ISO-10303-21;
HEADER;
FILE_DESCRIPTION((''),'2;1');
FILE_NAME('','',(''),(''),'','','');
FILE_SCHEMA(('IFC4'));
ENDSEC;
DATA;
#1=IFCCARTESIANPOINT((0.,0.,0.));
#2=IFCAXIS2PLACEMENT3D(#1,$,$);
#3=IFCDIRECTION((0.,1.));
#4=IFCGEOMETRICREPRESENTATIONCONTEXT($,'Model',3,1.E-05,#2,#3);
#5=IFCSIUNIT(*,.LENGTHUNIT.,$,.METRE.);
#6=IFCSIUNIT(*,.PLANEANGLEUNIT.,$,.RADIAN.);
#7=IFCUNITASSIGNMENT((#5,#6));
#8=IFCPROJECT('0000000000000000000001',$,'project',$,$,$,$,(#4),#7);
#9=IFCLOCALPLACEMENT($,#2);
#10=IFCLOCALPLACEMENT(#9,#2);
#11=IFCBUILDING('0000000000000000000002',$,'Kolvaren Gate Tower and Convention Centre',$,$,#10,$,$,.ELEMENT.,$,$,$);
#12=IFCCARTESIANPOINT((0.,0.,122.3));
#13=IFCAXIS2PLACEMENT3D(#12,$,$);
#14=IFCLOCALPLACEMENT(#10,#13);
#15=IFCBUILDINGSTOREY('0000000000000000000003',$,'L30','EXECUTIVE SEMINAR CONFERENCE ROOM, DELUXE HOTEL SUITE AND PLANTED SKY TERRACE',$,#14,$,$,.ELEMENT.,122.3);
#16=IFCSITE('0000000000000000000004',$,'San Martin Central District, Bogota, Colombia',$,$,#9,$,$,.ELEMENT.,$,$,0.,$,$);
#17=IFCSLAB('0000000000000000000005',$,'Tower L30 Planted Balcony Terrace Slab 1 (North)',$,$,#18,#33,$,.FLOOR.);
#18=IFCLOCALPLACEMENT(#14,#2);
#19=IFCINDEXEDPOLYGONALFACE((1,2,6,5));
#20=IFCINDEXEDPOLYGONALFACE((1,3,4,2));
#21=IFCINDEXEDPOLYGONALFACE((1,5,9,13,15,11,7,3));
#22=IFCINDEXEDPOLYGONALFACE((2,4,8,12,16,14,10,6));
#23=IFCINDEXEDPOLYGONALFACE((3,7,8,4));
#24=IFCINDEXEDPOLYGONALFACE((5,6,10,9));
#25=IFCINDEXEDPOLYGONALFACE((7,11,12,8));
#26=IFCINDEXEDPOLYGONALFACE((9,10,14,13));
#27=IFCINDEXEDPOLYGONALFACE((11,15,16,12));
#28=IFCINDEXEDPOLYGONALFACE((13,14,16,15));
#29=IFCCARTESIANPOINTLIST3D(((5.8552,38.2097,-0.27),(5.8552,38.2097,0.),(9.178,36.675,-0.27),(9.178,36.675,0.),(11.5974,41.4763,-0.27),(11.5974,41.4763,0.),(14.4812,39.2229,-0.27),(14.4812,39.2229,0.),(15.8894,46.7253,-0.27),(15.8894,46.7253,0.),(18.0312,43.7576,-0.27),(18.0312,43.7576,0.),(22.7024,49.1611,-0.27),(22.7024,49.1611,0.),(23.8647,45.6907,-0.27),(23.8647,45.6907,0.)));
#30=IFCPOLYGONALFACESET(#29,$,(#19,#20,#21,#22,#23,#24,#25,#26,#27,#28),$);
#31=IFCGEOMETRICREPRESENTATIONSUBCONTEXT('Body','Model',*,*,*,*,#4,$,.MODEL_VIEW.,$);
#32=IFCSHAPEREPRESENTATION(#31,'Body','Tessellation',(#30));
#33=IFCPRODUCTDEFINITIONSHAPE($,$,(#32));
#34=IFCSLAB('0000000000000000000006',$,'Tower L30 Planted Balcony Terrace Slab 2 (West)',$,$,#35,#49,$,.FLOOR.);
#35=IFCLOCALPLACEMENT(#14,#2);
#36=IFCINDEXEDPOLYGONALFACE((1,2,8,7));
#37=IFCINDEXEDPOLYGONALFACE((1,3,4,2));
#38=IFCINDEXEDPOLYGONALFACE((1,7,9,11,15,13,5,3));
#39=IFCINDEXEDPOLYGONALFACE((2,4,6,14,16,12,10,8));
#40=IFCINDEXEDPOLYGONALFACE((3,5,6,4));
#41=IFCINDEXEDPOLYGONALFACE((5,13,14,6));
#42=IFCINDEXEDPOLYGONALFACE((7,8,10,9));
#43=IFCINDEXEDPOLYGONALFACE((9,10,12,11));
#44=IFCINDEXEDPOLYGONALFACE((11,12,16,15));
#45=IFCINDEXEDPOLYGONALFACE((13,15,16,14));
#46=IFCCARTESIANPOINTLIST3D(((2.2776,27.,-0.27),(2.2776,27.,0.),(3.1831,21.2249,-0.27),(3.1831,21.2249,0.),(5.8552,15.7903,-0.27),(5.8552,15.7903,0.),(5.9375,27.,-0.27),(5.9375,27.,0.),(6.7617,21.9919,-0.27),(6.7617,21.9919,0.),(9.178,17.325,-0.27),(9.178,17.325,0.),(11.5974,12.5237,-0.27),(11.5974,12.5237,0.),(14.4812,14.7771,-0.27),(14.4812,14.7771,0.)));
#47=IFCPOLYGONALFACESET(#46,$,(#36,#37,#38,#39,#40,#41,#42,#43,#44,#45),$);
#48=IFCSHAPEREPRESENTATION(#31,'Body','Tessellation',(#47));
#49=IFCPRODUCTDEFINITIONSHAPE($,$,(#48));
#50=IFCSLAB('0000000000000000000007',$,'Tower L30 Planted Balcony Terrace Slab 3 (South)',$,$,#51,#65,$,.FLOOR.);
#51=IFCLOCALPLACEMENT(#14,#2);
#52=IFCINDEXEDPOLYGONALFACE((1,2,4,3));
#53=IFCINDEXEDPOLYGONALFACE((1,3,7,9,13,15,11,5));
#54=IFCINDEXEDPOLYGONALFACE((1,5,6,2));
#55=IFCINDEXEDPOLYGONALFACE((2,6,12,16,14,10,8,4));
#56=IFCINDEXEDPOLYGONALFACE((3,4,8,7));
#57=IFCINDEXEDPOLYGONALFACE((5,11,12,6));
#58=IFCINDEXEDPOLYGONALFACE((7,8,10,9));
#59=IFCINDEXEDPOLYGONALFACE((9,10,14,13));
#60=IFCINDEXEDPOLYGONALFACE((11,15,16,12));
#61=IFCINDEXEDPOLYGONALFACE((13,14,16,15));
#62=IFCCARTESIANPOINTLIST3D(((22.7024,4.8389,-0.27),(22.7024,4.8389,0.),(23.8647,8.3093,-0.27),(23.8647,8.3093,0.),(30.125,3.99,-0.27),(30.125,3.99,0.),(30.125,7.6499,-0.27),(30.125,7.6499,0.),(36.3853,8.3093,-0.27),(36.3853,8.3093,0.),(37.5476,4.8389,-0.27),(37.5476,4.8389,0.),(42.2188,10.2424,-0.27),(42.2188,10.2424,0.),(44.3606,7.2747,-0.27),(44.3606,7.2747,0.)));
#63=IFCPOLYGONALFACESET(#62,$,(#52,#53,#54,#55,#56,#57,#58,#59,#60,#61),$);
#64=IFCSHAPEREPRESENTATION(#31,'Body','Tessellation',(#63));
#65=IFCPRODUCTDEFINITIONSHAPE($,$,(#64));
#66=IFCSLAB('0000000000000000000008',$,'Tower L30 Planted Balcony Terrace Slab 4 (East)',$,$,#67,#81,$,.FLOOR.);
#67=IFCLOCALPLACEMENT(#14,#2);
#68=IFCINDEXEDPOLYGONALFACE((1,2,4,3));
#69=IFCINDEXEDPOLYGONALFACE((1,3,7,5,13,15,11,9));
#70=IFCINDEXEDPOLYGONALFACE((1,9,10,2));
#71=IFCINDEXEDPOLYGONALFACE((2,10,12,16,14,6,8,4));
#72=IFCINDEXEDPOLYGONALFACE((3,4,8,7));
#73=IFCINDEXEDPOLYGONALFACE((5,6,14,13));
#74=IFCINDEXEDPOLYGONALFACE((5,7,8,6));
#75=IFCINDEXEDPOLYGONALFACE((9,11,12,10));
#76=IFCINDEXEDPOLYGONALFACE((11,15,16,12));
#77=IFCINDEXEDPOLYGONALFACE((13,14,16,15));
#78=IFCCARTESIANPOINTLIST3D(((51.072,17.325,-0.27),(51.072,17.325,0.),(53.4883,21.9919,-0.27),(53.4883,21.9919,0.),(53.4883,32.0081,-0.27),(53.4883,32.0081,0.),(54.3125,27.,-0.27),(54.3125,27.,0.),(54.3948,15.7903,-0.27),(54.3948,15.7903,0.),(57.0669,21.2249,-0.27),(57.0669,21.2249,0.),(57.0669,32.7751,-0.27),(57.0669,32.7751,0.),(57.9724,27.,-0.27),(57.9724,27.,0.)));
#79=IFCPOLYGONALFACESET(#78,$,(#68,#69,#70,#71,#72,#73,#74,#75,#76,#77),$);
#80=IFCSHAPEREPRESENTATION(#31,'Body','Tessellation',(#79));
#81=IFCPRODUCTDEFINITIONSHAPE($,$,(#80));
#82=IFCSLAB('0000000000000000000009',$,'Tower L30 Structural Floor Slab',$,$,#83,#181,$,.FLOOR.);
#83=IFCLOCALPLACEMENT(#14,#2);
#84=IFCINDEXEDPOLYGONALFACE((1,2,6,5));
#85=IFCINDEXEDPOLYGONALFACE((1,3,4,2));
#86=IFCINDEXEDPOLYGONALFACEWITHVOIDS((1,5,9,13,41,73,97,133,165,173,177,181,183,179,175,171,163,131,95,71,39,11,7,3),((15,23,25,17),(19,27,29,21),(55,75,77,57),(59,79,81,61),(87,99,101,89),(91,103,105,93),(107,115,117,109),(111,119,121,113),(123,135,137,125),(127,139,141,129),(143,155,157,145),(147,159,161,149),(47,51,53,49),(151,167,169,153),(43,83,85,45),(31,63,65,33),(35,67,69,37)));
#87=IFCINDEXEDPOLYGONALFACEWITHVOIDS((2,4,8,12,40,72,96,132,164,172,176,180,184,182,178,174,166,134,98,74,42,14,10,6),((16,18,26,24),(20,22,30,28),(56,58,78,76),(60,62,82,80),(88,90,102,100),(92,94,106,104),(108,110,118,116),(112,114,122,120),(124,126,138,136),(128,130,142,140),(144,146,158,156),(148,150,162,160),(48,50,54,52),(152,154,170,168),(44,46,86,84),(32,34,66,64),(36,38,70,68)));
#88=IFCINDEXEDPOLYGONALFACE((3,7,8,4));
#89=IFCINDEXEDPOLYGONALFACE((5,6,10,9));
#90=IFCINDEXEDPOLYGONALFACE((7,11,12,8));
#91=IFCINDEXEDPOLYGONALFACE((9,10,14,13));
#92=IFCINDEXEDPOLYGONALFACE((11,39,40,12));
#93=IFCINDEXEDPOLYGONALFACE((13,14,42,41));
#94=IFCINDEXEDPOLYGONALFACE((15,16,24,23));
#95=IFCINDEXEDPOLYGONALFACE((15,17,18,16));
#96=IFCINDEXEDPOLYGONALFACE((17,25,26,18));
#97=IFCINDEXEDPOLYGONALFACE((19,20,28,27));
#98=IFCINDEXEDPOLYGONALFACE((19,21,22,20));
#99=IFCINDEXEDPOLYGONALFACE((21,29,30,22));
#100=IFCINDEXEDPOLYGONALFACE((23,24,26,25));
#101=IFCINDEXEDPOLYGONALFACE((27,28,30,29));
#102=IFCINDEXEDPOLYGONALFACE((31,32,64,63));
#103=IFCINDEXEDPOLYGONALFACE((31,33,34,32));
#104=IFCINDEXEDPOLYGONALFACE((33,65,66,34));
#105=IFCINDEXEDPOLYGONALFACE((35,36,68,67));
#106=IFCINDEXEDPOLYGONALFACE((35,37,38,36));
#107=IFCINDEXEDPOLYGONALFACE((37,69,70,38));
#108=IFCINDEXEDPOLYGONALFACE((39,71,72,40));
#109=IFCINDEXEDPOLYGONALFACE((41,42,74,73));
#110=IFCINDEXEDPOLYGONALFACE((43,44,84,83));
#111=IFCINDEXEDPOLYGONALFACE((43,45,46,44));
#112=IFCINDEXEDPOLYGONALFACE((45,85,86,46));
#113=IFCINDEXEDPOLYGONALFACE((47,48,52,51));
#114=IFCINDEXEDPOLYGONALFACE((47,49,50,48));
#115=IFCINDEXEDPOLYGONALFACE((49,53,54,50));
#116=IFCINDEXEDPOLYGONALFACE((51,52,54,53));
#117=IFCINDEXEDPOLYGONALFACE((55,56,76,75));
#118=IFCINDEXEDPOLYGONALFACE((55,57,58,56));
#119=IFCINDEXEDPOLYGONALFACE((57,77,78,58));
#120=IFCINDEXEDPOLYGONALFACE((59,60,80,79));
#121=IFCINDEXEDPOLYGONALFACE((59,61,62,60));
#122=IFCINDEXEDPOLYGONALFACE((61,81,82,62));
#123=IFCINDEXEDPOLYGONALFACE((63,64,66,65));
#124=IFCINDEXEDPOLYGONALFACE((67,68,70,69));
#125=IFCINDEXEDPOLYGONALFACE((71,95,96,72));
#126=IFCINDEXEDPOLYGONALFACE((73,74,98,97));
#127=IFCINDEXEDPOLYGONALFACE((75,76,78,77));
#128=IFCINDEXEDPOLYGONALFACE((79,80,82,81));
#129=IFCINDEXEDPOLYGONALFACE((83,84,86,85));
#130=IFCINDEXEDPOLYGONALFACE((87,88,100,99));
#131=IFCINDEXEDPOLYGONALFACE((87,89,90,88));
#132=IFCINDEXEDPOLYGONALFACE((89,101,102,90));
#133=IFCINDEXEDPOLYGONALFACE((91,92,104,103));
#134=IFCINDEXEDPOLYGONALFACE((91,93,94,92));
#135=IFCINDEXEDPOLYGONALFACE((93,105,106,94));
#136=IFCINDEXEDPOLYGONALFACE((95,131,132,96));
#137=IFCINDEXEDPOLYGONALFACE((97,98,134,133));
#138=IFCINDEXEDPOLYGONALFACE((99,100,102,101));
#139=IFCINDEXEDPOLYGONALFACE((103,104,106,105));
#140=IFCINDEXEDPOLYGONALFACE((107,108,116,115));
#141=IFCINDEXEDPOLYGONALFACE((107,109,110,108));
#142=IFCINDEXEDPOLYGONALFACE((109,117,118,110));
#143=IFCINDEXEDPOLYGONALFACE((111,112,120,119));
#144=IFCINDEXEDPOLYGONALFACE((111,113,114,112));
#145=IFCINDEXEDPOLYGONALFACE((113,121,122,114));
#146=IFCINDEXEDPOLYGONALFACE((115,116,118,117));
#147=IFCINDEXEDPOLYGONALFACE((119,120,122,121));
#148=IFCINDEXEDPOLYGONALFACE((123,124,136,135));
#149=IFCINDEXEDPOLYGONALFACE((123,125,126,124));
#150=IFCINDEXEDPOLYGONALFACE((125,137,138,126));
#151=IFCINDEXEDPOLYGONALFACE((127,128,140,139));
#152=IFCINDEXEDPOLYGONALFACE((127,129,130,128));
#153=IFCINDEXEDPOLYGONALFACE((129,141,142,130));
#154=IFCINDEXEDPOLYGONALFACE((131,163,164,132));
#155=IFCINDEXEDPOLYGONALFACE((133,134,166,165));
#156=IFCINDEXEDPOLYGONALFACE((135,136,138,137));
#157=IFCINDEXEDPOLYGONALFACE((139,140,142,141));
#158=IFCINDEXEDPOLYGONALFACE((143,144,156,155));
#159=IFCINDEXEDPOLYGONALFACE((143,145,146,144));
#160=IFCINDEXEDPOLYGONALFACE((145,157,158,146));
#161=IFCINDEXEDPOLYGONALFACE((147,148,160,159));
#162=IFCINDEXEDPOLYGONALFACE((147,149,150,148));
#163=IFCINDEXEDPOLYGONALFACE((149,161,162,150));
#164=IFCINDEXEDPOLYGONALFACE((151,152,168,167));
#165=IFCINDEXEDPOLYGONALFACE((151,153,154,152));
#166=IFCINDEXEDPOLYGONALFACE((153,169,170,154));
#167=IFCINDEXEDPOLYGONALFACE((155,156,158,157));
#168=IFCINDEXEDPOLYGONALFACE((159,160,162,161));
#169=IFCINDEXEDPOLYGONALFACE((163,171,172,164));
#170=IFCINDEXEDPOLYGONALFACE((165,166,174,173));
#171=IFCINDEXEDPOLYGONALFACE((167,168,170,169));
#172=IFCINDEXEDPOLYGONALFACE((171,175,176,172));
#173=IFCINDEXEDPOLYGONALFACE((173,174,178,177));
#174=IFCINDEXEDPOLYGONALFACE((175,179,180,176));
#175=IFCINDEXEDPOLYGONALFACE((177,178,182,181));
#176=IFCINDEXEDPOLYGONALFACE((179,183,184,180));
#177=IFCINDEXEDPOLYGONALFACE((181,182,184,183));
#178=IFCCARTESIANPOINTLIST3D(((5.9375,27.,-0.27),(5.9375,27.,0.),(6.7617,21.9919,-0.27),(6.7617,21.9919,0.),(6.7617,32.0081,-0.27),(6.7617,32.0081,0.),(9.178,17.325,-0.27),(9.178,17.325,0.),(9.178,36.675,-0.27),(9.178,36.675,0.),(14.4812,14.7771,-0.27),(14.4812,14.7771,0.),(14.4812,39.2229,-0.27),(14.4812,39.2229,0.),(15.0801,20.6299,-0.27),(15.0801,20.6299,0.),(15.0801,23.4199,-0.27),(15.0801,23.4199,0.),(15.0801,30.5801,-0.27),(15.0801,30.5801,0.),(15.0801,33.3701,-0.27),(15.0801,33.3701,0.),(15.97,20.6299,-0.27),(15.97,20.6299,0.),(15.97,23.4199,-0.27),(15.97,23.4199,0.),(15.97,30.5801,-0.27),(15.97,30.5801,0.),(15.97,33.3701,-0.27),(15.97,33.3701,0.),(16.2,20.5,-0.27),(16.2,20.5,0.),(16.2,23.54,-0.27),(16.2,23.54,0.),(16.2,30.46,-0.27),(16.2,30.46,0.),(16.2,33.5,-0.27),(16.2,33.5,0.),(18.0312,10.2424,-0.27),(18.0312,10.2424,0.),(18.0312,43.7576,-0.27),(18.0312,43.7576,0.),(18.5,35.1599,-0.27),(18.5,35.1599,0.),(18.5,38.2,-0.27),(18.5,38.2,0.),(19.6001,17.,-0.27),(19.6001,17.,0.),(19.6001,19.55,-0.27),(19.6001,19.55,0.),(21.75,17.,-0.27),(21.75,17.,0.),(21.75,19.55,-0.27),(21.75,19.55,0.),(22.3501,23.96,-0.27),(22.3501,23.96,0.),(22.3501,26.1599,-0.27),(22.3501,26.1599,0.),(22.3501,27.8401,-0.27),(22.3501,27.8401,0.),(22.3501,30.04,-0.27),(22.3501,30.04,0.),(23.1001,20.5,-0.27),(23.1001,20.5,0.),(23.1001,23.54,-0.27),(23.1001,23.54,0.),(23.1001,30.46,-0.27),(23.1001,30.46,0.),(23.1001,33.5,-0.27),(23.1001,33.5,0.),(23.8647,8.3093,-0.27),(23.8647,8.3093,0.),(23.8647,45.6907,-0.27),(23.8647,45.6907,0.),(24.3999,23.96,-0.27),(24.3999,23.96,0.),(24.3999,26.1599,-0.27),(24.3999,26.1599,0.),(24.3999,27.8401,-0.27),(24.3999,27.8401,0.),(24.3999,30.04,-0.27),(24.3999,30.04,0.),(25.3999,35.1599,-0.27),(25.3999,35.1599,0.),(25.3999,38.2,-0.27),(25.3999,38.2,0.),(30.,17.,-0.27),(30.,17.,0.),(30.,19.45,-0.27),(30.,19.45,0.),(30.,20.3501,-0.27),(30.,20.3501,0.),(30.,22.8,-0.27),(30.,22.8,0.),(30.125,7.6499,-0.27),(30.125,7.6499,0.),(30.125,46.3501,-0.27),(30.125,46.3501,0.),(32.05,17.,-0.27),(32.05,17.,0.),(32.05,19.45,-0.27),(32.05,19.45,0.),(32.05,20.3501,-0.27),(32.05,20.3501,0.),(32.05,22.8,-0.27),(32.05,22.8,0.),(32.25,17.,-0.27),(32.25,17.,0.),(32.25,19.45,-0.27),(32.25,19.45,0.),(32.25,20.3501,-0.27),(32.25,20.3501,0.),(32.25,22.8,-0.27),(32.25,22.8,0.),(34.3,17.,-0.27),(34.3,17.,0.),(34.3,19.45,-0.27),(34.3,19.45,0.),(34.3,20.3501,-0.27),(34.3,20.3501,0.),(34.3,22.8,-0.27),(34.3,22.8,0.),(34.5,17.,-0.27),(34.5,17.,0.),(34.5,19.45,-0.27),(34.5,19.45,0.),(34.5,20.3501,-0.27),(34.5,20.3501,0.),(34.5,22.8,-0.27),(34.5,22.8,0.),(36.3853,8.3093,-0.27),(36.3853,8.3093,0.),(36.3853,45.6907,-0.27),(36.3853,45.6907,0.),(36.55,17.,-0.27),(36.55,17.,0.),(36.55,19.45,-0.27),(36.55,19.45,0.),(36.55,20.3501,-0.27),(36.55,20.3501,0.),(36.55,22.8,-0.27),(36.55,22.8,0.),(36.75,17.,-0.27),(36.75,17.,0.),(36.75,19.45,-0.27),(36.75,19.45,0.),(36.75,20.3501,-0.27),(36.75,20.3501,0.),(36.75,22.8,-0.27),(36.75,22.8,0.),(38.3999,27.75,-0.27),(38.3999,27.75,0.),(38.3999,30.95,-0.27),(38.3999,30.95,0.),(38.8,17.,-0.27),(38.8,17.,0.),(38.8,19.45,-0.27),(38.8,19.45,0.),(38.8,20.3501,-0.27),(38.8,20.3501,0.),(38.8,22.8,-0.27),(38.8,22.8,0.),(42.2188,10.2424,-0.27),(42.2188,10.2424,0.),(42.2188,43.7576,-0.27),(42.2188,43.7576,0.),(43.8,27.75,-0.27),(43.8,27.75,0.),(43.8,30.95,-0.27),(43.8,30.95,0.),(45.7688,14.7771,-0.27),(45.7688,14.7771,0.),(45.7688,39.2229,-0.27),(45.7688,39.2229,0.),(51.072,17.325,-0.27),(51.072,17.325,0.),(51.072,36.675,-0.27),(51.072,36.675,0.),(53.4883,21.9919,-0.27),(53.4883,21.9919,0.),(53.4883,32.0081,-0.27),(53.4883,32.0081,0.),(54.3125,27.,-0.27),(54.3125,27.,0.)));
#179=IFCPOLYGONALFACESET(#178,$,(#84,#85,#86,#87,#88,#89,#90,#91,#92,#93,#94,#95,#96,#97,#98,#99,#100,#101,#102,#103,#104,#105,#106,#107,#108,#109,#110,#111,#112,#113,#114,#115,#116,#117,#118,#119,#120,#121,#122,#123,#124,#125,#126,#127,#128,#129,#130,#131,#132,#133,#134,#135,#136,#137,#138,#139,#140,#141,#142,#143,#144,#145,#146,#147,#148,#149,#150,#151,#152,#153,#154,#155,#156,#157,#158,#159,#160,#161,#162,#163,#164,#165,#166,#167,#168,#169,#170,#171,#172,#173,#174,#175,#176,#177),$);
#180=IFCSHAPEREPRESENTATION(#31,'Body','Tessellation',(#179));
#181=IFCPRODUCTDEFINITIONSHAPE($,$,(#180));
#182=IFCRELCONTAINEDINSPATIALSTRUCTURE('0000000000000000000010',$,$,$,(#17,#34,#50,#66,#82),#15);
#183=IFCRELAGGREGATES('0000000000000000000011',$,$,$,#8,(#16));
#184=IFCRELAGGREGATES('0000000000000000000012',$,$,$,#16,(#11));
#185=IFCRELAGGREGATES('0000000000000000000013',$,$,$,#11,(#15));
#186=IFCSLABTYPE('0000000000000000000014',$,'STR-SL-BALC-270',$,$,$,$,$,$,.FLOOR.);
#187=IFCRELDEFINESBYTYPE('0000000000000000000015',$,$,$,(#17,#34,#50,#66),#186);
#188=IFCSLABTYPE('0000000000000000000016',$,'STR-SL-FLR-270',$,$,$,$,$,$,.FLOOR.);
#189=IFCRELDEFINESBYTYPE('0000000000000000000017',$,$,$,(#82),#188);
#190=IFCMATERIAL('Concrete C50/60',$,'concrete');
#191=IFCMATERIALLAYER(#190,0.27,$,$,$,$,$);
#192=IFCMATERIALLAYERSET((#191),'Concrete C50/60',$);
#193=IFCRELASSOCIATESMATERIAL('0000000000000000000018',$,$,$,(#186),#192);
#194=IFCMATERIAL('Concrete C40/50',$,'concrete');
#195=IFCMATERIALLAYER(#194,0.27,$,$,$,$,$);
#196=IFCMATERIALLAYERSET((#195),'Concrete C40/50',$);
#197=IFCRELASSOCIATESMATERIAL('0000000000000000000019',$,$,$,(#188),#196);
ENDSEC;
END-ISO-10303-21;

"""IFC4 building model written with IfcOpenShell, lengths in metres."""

from ifc_helpers import new_model, si_unit, direction, frame, origin, place, context, subcontext, project, spatial, polyline, outline, extrude, material, layer, layer_set, type_object, element, save


model = new_model("IFC4")

# Units and contexts
model_context = context("Model", 3, precision=1e-05, world=origin(), true_north=direction((0.0, 1.0)))
body_context = subcontext(model_context, "Body", "Model", "MODEL_VIEW")
ifc_project = project(units=[si_unit("LENGTHUNIT", "METRE"), si_unit("PLANEANGLEUNIT", "RADIAN")], contexts=[model_context])

# Site, building, storey
site_placement = place(None, origin())
site = spatial("IfcSite", under=ifc_project, at=site_placement, Name="San Martin Central District, Bogota, Colombia", CompositionType="ELEMENT", RefElevation=0.0)
building_placement = place(site_placement, origin())
building = spatial("IfcBuilding", under=site, at=building_placement, Name="Kolvaren Gate Tower and Convention Centre", CompositionType="ELEMENT")
storey_placement = place(building_placement, frame((0.0, 0.0, 122.3)))
storey = spatial("IfcBuildingStorey", under=building, at=storey_placement, Name="L30", Description="EXECUTIVE SEMINAR CONFERENCE ROOM, DELUXE HOTEL SUITE AND PLANTED SKY TERRACE", CompositionType="ELEMENT", Elevation=122.3)

# Slabs
ifc_material_1 = material(Name="Concrete C50/60", Category="concrete")
ifc_layer_1 = layer(ifc_material_1, 0.27)
ifc_layer_set_1 = layer_set([ifc_layer_1], Name="Concrete C50/60")
slab_type_1 = type_object("IfcSlabType", Name="STR-SL-BALC-270", PredefinedType="FLOOR", material=ifc_layer_set_1)
slab_1_placement = place(storey_placement, frame((0.0, 0.0, -0.27)))
element("IfcSlab", 1, at=slab_1_placement, inside=storey, type_object=slab_type_1, Name="Tower L30 Planted Balcony Terrace Slab 1 (North)", PredefinedType="FLOOR", context=body_context, shape_type="SweptSolid", body=[
    extrude(outline(polyline([(23.8647, 45.6907), (18.0312, 43.7576), (14.4812, 39.2229), (9.178, 36.675), (5.8552, 38.2097), (11.5974, 41.4763), (15.8894, 46.7253), (22.7024, 49.1611), (23.8647, 45.6907)])), origin(), (0.0, 0.0, 1.0), 0.27),
])
slab_2_placement = place(storey_placement, frame((0.0, 0.0, -0.27)))
element("IfcSlab", 2, at=slab_2_placement, inside=storey, type_object=slab_type_1, Name="Tower L30 Planted Balcony Terrace Slab 2 (West)", PredefinedType="FLOOR", context=body_context, shape_type="SweptSolid", body=[
    extrude(outline(polyline([(5.9375, 27.0), (6.7617, 21.9919), (9.178, 17.325), (14.4812, 14.7771), (11.5974, 12.5237), (5.8552, 15.7903), (3.1831, 21.2249), (2.2776, 27.0), (5.9375, 27.0)])), origin(), (0.0, 0.0, 1.0), 0.27),
])
slab_3_placement = place(storey_placement, frame((0.0, 0.0, -0.27)))
element("IfcSlab", 3, at=slab_3_placement, inside=storey, type_object=slab_type_1, Name="Tower L30 Planted Balcony Terrace Slab 3 (South)", PredefinedType="FLOOR", context=body_context, shape_type="SweptSolid", body=[
    extrude(outline(polyline([(23.8647, 8.3093), (30.125, 7.6499), (36.3853, 8.3093), (42.2188, 10.2424), (44.3606, 7.2747), (37.5476, 4.8389), (30.125, 3.99), (22.7024, 4.8389), (23.8647, 8.3093)])), origin(), (0.0, 0.0, 1.0), 0.27),
])
slab_4_placement = place(storey_placement, frame((0.0, 0.0, -0.27)))
element("IfcSlab", 4, at=slab_4_placement, inside=storey, type_object=slab_type_1, Name="Tower L30 Planted Balcony Terrace Slab 4 (East)", PredefinedType="FLOOR", context=body_context, shape_type="SweptSolid", body=[
    extrude(outline(polyline([(51.072, 17.325), (53.4883, 21.9919), (54.3125, 27.0), (53.4883, 32.0081), (57.0669, 32.7751), (57.9724, 27.0), (57.0669, 21.2249), (54.3948, 15.7903), (51.072, 17.325)])), origin(), (0.0, 0.0, 1.0), 0.27),
])
ifc_material_2 = material(Name="Concrete C40/50", Category="concrete")
ifc_layer_2 = layer(ifc_material_2, 0.27)
ifc_layer_set_2 = layer_set([ifc_layer_2], Name="Concrete C40/50")
slab_type_2 = type_object("IfcSlabType", Name="STR-SL-FLR-270", PredefinedType="FLOOR", material=ifc_layer_set_2)
slab_5_placement = place(storey_placement, frame((0.0, 0.0, -0.27)))
element("IfcSlab", 5, at=slab_5_placement, inside=storey, type_object=slab_type_2, Name="Tower L30 Structural Floor Slab", PredefinedType="FLOOR", context=body_context, shape_type="SweptSolid", body=[
    extrude(outline(polyline([(54.3125, 27.0), (53.4883, 32.0081), (51.072, 36.675), (45.7688, 39.2229), (42.2188, 43.7576), (36.3853, 45.6907), (30.125, 46.3501), (23.8647, 45.6907), (18.0312, 43.7576), (14.4812, 39.2229), (9.178, 36.675), (6.7617, 32.0081), (5.9375, 27.0), (6.7617, 21.9919), (9.178, 17.325), (14.4812, 14.7771), (18.0312, 10.2424), (23.8647, 8.3093), (30.125, 7.6499), (36.3853, 8.3093), (42.2188, 10.2424), (45.7688, 14.7771), (51.072, 17.325), (53.4883, 21.9919), (54.3125, 27.0)]), holes=[polyline([(38.3999, 30.95), (43.8, 30.95), (43.8, 27.75), (38.3999, 27.75), (38.3999, 30.95)]), polyline([(36.75, 22.8), (38.8, 22.8), (38.8, 20.3501), (36.75, 20.3501), (36.75, 22.8)]), polyline([(36.75, 17.0), (36.75, 19.45), (38.8, 19.45), (38.8, 17.0), (36.75, 17.0)]), polyline([(34.5, 20.3501), (34.5, 22.8), (36.55, 22.8), (36.55, 20.3501), (34.5, 20.3501)]), polyline([(34.5, 17.0), (34.5, 19.45), (36.55, 19.45), (36.55, 17.0), (34.5, 17.0)]), polyline([(32.25, 20.3501), (32.25, 22.8), (34.3, 22.8), (34.3, 20.3501), (32.25, 20.3501)]), polyline([(32.25, 17.0), (32.25, 19.45), (34.3, 19.45), (34.3, 17.0), (32.25, 17.0)]), polyline([(30.0, 17.0), (30.0, 19.45), (32.05, 19.45), (32.05, 17.0), (30.0, 17.0)]), polyline([(30.0, 20.3501), (30.0, 22.8), (32.05, 22.8), (32.05, 20.3501), (30.0, 20.3501)]), polyline([(25.3999, 38.2), (25.3999, 35.1599), (18.5, 35.1599), (18.5, 38.2), (25.3999, 38.2)]), polyline([(22.3501, 27.8401), (22.3501, 30.04), (24.3999, 30.04), (24.3999, 27.8401), (22.3501, 27.8401)]), polyline([(22.3501, 23.96), (22.3501, 26.1599), (24.3999, 26.1599), (24.3999, 23.96), (22.3501, 23.96)]), polyline([(23.1001, 33.5), (23.1001, 30.46), (16.2, 30.46), (16.2, 33.5), (23.1001, 33.5)]), polyline([(23.1001, 23.54), (23.1001, 20.5), (16.2, 20.5), (16.2, 23.54), (23.1001, 23.54)]), polyline([(19.6001, 17.0), (19.6001, 19.55), (21.75, 19.55), (21.75, 17.0), (19.6001, 17.0)]), polyline([(15.0801, 20.6299), (15.0801, 23.4199), (15.97, 23.4199), (15.97, 20.6299), (15.0801, 20.6299)]), polyline([(15.0801, 30.5801), (15.0801, 33.3701), (15.97, 33.3701), (15.97, 30.5801), (15.0801, 30.5801)])]), origin(), (0.0, 0.0, 1.0), 0.27),
])

save(model, "model.ifc")
